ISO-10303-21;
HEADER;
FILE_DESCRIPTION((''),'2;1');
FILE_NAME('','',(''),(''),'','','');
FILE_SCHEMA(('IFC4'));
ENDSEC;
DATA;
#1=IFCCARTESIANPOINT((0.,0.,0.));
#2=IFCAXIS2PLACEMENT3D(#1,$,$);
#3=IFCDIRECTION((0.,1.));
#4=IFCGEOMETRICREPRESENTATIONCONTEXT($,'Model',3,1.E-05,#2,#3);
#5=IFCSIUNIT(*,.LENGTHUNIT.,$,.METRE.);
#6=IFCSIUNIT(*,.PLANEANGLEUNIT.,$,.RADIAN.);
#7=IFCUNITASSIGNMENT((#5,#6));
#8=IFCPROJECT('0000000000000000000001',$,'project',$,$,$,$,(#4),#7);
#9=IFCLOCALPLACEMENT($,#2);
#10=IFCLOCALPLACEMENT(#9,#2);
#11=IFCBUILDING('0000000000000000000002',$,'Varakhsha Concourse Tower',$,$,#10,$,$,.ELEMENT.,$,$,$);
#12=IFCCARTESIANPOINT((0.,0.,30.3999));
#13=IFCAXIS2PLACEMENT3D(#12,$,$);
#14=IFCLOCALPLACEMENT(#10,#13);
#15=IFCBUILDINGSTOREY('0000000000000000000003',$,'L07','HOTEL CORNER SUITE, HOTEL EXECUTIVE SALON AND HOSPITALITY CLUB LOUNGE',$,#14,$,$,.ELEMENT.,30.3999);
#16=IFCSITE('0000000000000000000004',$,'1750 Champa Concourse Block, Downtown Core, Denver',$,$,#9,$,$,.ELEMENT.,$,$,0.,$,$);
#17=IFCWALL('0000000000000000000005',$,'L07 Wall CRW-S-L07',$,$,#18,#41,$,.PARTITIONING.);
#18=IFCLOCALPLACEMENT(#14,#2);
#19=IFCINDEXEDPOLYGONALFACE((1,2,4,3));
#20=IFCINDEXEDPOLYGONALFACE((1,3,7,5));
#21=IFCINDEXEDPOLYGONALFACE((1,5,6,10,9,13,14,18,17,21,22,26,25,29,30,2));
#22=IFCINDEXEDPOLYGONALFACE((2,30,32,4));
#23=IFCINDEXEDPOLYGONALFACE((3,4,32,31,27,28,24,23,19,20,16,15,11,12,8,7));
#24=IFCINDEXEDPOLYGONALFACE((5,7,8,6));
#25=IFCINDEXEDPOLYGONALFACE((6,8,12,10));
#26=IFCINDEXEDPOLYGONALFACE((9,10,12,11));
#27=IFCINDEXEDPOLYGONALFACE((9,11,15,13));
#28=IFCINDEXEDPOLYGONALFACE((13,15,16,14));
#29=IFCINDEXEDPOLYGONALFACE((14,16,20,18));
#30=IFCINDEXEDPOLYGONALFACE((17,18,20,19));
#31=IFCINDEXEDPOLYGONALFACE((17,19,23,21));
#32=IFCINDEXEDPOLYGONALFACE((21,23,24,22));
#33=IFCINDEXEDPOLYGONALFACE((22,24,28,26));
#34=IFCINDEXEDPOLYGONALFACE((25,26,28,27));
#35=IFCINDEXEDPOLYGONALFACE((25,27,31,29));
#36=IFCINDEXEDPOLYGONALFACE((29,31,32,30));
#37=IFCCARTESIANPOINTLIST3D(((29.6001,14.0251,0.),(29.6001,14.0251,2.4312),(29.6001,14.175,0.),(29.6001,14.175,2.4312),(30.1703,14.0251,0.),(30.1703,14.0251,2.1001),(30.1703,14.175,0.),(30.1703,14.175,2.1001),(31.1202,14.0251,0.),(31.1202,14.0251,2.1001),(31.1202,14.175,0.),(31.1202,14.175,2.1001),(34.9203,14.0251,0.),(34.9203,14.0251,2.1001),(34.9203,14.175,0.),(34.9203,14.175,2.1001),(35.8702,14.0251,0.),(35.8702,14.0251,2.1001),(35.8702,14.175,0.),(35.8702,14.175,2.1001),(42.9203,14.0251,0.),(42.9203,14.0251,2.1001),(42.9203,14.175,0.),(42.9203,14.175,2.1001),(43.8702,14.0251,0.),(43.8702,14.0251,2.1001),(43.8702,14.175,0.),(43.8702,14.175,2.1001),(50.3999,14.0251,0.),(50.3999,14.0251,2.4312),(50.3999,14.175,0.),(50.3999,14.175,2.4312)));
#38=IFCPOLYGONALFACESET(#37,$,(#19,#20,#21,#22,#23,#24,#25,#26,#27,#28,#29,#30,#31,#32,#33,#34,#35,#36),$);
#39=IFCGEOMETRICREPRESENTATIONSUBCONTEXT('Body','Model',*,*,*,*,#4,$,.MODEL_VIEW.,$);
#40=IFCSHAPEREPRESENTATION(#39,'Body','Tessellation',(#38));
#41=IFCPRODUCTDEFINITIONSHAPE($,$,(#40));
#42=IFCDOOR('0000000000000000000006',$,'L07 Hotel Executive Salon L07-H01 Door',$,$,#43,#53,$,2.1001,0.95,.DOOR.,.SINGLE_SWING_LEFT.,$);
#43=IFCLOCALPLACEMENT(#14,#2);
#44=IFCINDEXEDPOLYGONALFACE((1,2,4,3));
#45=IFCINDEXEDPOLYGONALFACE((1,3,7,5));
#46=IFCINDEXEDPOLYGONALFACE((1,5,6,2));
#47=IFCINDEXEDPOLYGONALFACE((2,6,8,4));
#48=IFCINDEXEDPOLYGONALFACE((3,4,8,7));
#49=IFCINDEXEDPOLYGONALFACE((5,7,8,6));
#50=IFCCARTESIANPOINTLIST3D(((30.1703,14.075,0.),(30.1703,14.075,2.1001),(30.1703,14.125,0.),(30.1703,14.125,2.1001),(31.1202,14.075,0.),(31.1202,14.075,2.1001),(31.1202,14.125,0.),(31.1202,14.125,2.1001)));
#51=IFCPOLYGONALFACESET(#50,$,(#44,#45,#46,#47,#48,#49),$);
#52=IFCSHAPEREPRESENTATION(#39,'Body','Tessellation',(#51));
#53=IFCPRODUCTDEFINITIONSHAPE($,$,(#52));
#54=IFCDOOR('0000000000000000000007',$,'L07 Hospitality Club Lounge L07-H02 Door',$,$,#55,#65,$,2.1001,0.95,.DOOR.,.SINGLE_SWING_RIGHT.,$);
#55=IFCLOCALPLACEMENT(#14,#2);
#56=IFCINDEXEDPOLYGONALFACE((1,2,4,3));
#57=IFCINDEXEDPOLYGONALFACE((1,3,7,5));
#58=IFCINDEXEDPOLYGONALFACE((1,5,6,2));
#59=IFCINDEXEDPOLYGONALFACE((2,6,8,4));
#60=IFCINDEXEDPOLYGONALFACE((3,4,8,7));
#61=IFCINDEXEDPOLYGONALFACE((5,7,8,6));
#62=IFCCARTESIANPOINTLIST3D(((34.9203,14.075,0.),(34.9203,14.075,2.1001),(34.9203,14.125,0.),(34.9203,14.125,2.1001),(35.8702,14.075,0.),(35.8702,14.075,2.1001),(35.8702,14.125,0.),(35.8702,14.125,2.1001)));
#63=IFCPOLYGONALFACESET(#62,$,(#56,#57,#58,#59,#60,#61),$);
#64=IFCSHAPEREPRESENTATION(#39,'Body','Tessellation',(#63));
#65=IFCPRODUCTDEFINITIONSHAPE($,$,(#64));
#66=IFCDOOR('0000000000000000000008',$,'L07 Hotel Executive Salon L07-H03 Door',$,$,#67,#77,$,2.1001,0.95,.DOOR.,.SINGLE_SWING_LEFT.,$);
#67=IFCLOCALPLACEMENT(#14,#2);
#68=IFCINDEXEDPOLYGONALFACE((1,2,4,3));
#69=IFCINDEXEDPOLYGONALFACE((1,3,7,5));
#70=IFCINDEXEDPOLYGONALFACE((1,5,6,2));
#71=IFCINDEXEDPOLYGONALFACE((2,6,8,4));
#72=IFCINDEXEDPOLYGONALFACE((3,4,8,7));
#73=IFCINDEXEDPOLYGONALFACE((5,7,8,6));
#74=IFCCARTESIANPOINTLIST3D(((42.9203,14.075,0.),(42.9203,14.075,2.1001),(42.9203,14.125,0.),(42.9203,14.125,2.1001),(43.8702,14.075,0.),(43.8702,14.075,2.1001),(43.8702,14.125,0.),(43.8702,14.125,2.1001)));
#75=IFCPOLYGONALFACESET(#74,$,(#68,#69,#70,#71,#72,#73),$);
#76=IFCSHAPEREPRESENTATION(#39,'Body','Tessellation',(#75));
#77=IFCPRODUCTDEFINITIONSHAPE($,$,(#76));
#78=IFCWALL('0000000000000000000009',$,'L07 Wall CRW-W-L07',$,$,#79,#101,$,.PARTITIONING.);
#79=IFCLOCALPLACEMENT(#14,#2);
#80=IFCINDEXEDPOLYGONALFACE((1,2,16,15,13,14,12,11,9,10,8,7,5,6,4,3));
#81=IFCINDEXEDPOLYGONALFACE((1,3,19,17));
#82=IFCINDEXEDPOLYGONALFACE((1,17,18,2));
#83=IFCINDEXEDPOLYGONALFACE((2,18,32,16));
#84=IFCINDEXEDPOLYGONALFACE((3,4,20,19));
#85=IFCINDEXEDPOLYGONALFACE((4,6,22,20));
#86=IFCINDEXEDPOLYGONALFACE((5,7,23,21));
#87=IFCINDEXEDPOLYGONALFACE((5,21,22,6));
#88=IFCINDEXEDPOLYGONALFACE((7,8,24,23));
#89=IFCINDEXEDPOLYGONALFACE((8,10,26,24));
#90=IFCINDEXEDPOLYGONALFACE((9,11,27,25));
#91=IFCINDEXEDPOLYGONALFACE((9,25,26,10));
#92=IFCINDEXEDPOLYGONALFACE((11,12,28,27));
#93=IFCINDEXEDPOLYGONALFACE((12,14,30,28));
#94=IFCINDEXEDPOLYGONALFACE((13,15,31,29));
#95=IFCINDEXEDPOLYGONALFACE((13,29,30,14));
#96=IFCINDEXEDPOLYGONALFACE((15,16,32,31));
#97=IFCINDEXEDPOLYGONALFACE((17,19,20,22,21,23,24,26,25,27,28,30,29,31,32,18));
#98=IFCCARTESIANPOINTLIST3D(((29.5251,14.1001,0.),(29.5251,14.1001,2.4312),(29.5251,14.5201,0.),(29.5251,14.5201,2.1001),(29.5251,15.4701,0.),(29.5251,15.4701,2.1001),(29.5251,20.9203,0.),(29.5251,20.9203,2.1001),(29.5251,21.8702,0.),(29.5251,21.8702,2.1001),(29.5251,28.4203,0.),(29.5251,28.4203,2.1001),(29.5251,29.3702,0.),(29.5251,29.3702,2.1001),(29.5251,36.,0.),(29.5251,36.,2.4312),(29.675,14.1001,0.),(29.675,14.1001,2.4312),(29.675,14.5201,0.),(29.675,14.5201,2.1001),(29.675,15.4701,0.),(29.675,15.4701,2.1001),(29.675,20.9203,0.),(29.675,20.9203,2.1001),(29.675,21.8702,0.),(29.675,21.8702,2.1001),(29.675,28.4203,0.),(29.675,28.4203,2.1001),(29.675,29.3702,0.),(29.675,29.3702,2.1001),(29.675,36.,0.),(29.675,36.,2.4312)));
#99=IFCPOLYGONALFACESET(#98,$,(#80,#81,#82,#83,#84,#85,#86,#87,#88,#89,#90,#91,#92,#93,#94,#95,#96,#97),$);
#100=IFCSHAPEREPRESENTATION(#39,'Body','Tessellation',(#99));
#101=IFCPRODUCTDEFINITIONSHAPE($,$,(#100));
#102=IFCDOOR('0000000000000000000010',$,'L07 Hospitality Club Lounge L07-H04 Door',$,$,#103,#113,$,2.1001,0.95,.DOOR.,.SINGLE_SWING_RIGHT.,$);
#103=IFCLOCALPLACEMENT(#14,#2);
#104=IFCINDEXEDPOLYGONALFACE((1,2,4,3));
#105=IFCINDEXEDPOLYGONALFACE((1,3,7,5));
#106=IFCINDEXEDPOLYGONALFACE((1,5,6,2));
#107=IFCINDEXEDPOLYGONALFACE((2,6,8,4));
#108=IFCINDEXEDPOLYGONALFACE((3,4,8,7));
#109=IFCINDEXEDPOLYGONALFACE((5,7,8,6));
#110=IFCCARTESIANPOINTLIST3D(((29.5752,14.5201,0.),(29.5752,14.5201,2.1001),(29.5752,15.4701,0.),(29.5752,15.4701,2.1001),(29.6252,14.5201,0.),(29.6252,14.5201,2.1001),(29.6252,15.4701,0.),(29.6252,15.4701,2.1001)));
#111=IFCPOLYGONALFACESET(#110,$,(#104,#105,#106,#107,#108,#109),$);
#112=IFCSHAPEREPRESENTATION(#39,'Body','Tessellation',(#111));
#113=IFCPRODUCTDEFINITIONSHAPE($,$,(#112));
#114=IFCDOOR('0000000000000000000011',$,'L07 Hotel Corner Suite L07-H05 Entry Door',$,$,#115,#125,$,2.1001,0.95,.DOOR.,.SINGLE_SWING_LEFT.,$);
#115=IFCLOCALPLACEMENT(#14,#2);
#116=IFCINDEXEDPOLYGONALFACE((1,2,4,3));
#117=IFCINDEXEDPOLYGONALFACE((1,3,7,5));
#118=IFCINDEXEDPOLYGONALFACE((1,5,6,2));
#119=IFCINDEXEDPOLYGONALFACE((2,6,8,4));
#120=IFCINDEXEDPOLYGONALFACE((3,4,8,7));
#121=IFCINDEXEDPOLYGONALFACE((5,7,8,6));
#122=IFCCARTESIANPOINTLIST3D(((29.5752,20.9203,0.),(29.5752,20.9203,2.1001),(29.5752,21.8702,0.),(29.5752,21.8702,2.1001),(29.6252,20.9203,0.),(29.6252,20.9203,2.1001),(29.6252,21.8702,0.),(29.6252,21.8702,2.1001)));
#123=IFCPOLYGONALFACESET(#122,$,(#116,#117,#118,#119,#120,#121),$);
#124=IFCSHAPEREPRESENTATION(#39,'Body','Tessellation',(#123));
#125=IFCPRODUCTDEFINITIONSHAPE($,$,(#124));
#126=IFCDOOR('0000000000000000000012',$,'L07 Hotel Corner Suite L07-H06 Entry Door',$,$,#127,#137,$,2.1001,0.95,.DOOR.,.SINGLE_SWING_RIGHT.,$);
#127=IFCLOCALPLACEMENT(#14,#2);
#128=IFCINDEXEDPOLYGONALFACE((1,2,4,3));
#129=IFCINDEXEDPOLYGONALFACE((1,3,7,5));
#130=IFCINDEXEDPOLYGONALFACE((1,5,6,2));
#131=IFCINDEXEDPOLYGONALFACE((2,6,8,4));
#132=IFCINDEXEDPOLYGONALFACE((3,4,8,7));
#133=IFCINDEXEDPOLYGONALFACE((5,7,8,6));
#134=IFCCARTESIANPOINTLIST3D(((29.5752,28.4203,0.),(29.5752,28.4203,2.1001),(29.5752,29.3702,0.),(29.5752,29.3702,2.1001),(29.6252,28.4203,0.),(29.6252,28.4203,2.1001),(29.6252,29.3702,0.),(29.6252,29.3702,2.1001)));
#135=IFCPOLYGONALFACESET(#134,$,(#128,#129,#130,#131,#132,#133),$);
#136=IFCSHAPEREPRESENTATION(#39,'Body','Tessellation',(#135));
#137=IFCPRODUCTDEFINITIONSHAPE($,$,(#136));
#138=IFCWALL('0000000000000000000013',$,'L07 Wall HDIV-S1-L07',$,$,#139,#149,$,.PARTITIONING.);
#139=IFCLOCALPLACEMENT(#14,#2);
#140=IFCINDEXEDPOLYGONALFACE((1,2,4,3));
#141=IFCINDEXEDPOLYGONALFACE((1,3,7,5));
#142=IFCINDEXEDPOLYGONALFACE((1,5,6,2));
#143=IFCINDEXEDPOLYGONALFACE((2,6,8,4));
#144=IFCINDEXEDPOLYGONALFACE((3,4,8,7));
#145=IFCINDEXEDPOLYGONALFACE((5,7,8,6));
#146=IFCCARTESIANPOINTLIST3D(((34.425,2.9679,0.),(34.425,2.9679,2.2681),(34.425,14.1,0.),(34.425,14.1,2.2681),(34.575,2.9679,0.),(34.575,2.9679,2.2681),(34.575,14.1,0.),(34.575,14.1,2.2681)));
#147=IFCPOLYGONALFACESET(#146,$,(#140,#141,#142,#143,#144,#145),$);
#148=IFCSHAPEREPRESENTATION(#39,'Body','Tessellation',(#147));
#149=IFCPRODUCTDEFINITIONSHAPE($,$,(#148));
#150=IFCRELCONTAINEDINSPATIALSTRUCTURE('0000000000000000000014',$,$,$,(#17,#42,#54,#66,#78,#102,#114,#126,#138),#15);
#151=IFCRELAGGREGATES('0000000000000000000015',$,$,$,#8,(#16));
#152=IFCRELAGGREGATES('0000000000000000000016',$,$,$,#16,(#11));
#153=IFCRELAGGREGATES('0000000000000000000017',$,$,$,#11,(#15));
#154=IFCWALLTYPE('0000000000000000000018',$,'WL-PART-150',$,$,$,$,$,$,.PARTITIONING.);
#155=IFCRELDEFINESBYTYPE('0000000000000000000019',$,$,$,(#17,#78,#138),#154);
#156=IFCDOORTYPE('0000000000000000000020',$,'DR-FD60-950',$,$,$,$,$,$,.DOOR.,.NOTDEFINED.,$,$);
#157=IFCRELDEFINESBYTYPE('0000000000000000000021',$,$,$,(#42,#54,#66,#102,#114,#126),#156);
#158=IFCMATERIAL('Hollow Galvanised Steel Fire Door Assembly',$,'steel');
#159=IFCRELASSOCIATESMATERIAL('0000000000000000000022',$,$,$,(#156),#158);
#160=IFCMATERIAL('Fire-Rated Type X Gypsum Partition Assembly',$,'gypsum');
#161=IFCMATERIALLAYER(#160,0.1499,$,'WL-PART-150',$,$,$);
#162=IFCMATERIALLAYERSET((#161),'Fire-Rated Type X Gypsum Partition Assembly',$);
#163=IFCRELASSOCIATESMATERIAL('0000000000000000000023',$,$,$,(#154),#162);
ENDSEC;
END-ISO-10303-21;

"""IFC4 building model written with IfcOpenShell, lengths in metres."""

from ifc_helpers import new_model, si_unit, direction, frame, frame_2d, origin, place, context, subcontext, project, spatial, rectangle, extrude, material, layer, layer_set, type_object, element, fill, save


model = new_model("IFC4")

# Units and contexts
model_context = context("Model", 3, precision=1e-05, world=origin(), true_north=direction((0.0, 1.0)))
body_context = subcontext(model_context, "Body", "Model", "MODEL_VIEW")
ifc_project = project(units=[si_unit("LENGTHUNIT", "METRE"), si_unit("PLANEANGLEUNIT", "RADIAN")], contexts=[model_context])

# Site, building, storey
site_placement = place(None, origin())
site = spatial("IfcSite", under=ifc_project, at=site_placement, Name="1750 Champa Concourse Block, Downtown Core, Denver", CompositionType="ELEMENT", RefElevation=0.0)
building_placement = place(site_placement, origin())
building = spatial("IfcBuilding", under=site, at=building_placement, Name="Varakhsha Concourse Tower", CompositionType="ELEMENT")
storey_placement = place(building_placement, frame((0.0, 0.0, 30.3999)))
storey = spatial("IfcBuildingStorey", under=building, at=storey_placement, Name="L07", Description="HOTEL CORNER SUITE, HOTEL EXECUTIVE SALON AND HOSPITALITY CLUB LOUNGE", CompositionType="ELEMENT", Elevation=30.3999)

# Walls, openings, doors
ifc_material_1 = material(Name="Hollow Galvanised Steel Fire Door Assembly", Category="steel")
door_type_1 = type_object("IfcDoorType", Name="DR-FD60-950", OperationType="NOTDEFINED", PredefinedType="DOOR", material=ifc_material_1)
ifc_material_2 = material(Name="Fire-Rated Type X Gypsum Partition Assembly", Category="gypsum")
ifc_layer_1 = layer(ifc_material_2, 0.1499, Name="WL-PART-150")
ifc_layer_set_1 = layer_set([ifc_layer_1], Name="Fire-Rated Type X Gypsum Partition Assembly")
wall_type_1 = type_object("IfcWallType", Name="WL-PART-150", PredefinedType="PARTITIONING", material=ifc_layer_set_1)
wall_1_placement = place(storey_placement, frame((29.6001, 14.1001, 0.0), z_axis=(0.0, 0.0, 1.0), x_axis=(1.0, 0.0, 0.0)))
wall_1 = element("IfcWall", 1, at=wall_1_placement, inside=storey, type_object=wall_type_1, Name="L07 Wall CRW-S-L07", PredefinedType="PARTITIONING", context=body_context, shape_type="SweptSolid", body=[
    extrude(rectangle(XDim=20.7998, YDim=0.1499, at=frame_2d((10.3999, 0.0))), origin(), (0.0, 0.0, 1.0), 2.4312),
])
opening_1_placement = place(wall_1_placement, frame((0.5701, 0.0, 0.0)))
opening_1 = element("IfcOpeningElement", 2, at=opening_1_placement, cuts=wall_1, PredefinedType="OPENING", context=body_context, shape_type="SweptSolid", body=[
    extrude(rectangle(XDim=0.95, YDim=2.1001, at=frame_2d((0.4751, 1.05))), frame((0.0, 0.085, 0.0), z_axis=(0.0, -1.0, 0.0), x_axis=(1.0, 0.0, 0.0)), (0.0, 0.0, 1.0), 0.1699),
])
opening_2_placement = place(wall_1_placement, frame((5.3201, 0.0, 0.0)))
opening_2 = element("IfcOpeningElement", 3, at=opening_2_placement, cuts=wall_1, PredefinedType="OPENING", context=body_context, shape_type="SweptSolid", body=[
    extrude(rectangle(XDim=0.95, YDim=2.1001, at=frame_2d((0.4751, 1.05))), frame((0.0, 0.085, 0.0), z_axis=(0.0, -1.0, 0.0), x_axis=(1.0, 0.0, 0.0)), (0.0, 0.0, 1.0), 0.1699),
])
opening_3_placement = place(wall_1_placement, frame((13.3201, 0.0, 0.0)))
opening_3 = element("IfcOpeningElement", 4, at=opening_3_placement, cuts=wall_1, PredefinedType="OPENING", context=body_context, shape_type="SweptSolid", body=[
    extrude(rectangle(XDim=0.95, YDim=2.1001, at=frame_2d((0.4751, 1.05))), frame((0.0, 0.085, 0.0), z_axis=(0.0, -1.0, 0.0), x_axis=(1.0, 0.0, 0.0)), (0.0, 0.0, 1.0), 0.1699),
])
door_1_placement = place(opening_1_placement, origin())
door_1 = element("IfcDoor", 5, at=door_1_placement, inside=storey, type_object=door_type_1, Name="L07 Hotel Executive Salon L07-H01 Door", OperationType="SINGLE_SWING_LEFT", OverallHeight=2.1001, OverallWidth=0.95, PredefinedType="DOOR", context=body_context, shape_type="SweptSolid", body=[
    extrude(rectangle(XDim=0.95, YDim=2.1001, at=frame_2d((0.4751, 1.05))), frame((0.0, 0.0249, 0.0), z_axis=(0.0, -1.0, 0.0), x_axis=(1.0, 0.0, 0.0)), (0.0, 0.0, 1.0), 0.05),
])
fill(opening_1, door_1)
door_2_placement = place(opening_2_placement, origin())
door_2 = element("IfcDoor", 6, at=door_2_placement, inside=storey, type_object=door_type_1, Name="L07 Hospitality Club Lounge L07-H02 Door", OperationType="SINGLE_SWING_RIGHT", OverallHeight=2.1001, OverallWidth=0.95, PredefinedType="DOOR", context=body_context, shape_type="SweptSolid", body=[
    extrude(rectangle(XDim=0.95, YDim=2.1001, at=frame_2d((0.4751, 1.05))), frame((0.0, 0.0249, 0.0), z_axis=(0.0, -1.0, 0.0), x_axis=(1.0, 0.0, 0.0)), (0.0, 0.0, 1.0), 0.05),
])
fill(opening_2, door_2)
door_3_placement = place(opening_3_placement, origin())
door_3 = element("IfcDoor", 7, at=door_3_placement, inside=storey, type_object=door_type_1, Name="L07 Hotel Executive Salon L07-H03 Door", OperationType="SINGLE_SWING_LEFT", OverallHeight=2.1001, OverallWidth=0.95, PredefinedType="DOOR", context=body_context, shape_type="SweptSolid", body=[
    extrude(rectangle(XDim=0.95, YDim=2.1001, at=frame_2d((0.4751, 1.05))), frame((0.0, 0.0249, 0.0), z_axis=(0.0, -1.0, 0.0), x_axis=(1.0, 0.0, 0.0)), (0.0, 0.0, 1.0), 0.05),
])
fill(opening_3, door_3)
wall_2_placement = place(storey_placement, frame((29.6001, 14.1001, 0.0), z_axis=(0.0, 0.0, 1.0), x_axis=(0.0, 1.0, 0.0)))
wall_2 = element("IfcWall", 8, at=wall_2_placement, inside=storey, type_object=wall_type_1, Name="L07 Wall CRW-W-L07", PredefinedType="PARTITIONING", context=body_context, shape_type="SweptSolid", body=[
    extrude(rectangle(XDim=21.8999, YDim=0.1499, at=frame_2d((10.95, 0.0))), origin(), (0.0, 0.0, 1.0), 2.4312),
])
opening_4_placement = place(wall_2_placement, frame((0.4199, 0.0, 0.0)))
opening_4 = element("IfcOpeningElement", 9, at=opening_4_placement, cuts=wall_2, PredefinedType="OPENING", context=body_context, shape_type="SweptSolid", body=[
    extrude(rectangle(XDim=0.95, YDim=2.1001, at=frame_2d((0.4751, 1.05))), frame((0.0, 0.085, 0.0), z_axis=(0.0, -1.0, 0.0), x_axis=(1.0, 0.0, 0.0)), (0.0, 0.0, 1.0), 0.1699),
])
opening_5_placement = place(wall_2_placement, frame((6.8201, 0.0, 0.0)))
opening_5 = element("IfcOpeningElement", 10, at=opening_5_placement, cuts=wall_2, PredefinedType="OPENING", context=body_context, shape_type="SweptSolid", body=[
    extrude(rectangle(XDim=0.95, YDim=2.1001, at=frame_2d((0.4751, 1.05))), frame((0.0, 0.085, 0.0), z_axis=(0.0, -1.0, 0.0), x_axis=(1.0, 0.0, 0.0)), (0.0, 0.0, 1.0), 0.1699),
])
opening_6_placement = place(wall_2_placement, frame((14.3201, 0.0, 0.0)))
opening_6 = element("IfcOpeningElement", 11, at=opening_6_placement, cuts=wall_2, PredefinedType="OPENING", context=body_context, shape_type="SweptSolid", body=[
    extrude(rectangle(XDim=0.95, YDim=2.1001, at=frame_2d((0.4751, 1.05))), frame((0.0, 0.085, 0.0), z_axis=(0.0, -1.0, 0.0), x_axis=(1.0, 0.0, 0.0)), (0.0, 0.0, 1.0), 0.1699),
])
door_4_placement = place(opening_4_placement, origin())
door_4 = element("IfcDoor", 12, at=door_4_placement, inside=storey, type_object=door_type_1, Name="L07 Hospitality Club Lounge L07-H04 Door", OperationType="SINGLE_SWING_RIGHT", OverallHeight=2.1001, OverallWidth=0.95, PredefinedType="DOOR", context=body_context, shape_type="SweptSolid", body=[
    extrude(rectangle(XDim=0.95, YDim=2.1001, at=frame_2d((0.4751, 1.05))), frame((0.0, 0.0249, 0.0), z_axis=(0.0, -1.0, 0.0), x_axis=(1.0, 0.0, 0.0)), (0.0, 0.0, 1.0), 0.05),
])
fill(opening_4, door_4)
door_5_placement = place(opening_5_placement, origin())
door_5 = element("IfcDoor", 13, at=door_5_placement, inside=storey, type_object=door_type_1, Name="L07 Hotel Corner Suite L07-H05 Entry Door", OperationType="SINGLE_SWING_LEFT", OverallHeight=2.1001, OverallWidth=0.95, PredefinedType="DOOR", context=body_context, shape_type="SweptSolid", body=[
    extrude(rectangle(XDim=0.95, YDim=2.1001, at=frame_2d((0.4751, 1.05))), frame((0.0, 0.0249, 0.0), z_axis=(0.0, -1.0, 0.0), x_axis=(1.0, 0.0, 0.0)), (0.0, 0.0, 1.0), 0.05),
])
fill(opening_5, door_5)
door_6_placement = place(opening_6_placement, origin())
door_6 = element("IfcDoor", 14, at=door_6_placement, inside=storey, type_object=door_type_1, Name="L07 Hotel Corner Suite L07-H06 Entry Door", OperationType="SINGLE_SWING_RIGHT", OverallHeight=2.1001, OverallWidth=0.95, PredefinedType="DOOR", context=body_context, shape_type="SweptSolid", body=[
    extrude(rectangle(XDim=0.95, YDim=2.1001, at=frame_2d((0.4751, 1.05))), frame((0.0, 0.0249, 0.0), z_axis=(0.0, -1.0, 0.0), x_axis=(1.0, 0.0, 0.0)), (0.0, 0.0, 1.0), 0.05),
])
fill(opening_6, door_6)

# Wall
wall_3_placement = place(storey_placement, frame((34.5, 2.968, 0.0), z_axis=(0.0, 0.0, 1.0), x_axis=(0.0, 1.0, 0.0)))
element("IfcWall", 15, at=wall_3_placement, inside=storey, type_object=wall_type_1, Name="L07 Wall HDIV-S1-L07", PredefinedType="PARTITIONING", context=body_context, shape_type="SweptSolid", body=[
    extrude(rectangle(XDim=11.1321, YDim=0.1499, at=frame_2d((5.5659, 0.0))), origin(), (0.0, 0.0, 1.0), 2.2681),
])

save(model, "model.ifc")
